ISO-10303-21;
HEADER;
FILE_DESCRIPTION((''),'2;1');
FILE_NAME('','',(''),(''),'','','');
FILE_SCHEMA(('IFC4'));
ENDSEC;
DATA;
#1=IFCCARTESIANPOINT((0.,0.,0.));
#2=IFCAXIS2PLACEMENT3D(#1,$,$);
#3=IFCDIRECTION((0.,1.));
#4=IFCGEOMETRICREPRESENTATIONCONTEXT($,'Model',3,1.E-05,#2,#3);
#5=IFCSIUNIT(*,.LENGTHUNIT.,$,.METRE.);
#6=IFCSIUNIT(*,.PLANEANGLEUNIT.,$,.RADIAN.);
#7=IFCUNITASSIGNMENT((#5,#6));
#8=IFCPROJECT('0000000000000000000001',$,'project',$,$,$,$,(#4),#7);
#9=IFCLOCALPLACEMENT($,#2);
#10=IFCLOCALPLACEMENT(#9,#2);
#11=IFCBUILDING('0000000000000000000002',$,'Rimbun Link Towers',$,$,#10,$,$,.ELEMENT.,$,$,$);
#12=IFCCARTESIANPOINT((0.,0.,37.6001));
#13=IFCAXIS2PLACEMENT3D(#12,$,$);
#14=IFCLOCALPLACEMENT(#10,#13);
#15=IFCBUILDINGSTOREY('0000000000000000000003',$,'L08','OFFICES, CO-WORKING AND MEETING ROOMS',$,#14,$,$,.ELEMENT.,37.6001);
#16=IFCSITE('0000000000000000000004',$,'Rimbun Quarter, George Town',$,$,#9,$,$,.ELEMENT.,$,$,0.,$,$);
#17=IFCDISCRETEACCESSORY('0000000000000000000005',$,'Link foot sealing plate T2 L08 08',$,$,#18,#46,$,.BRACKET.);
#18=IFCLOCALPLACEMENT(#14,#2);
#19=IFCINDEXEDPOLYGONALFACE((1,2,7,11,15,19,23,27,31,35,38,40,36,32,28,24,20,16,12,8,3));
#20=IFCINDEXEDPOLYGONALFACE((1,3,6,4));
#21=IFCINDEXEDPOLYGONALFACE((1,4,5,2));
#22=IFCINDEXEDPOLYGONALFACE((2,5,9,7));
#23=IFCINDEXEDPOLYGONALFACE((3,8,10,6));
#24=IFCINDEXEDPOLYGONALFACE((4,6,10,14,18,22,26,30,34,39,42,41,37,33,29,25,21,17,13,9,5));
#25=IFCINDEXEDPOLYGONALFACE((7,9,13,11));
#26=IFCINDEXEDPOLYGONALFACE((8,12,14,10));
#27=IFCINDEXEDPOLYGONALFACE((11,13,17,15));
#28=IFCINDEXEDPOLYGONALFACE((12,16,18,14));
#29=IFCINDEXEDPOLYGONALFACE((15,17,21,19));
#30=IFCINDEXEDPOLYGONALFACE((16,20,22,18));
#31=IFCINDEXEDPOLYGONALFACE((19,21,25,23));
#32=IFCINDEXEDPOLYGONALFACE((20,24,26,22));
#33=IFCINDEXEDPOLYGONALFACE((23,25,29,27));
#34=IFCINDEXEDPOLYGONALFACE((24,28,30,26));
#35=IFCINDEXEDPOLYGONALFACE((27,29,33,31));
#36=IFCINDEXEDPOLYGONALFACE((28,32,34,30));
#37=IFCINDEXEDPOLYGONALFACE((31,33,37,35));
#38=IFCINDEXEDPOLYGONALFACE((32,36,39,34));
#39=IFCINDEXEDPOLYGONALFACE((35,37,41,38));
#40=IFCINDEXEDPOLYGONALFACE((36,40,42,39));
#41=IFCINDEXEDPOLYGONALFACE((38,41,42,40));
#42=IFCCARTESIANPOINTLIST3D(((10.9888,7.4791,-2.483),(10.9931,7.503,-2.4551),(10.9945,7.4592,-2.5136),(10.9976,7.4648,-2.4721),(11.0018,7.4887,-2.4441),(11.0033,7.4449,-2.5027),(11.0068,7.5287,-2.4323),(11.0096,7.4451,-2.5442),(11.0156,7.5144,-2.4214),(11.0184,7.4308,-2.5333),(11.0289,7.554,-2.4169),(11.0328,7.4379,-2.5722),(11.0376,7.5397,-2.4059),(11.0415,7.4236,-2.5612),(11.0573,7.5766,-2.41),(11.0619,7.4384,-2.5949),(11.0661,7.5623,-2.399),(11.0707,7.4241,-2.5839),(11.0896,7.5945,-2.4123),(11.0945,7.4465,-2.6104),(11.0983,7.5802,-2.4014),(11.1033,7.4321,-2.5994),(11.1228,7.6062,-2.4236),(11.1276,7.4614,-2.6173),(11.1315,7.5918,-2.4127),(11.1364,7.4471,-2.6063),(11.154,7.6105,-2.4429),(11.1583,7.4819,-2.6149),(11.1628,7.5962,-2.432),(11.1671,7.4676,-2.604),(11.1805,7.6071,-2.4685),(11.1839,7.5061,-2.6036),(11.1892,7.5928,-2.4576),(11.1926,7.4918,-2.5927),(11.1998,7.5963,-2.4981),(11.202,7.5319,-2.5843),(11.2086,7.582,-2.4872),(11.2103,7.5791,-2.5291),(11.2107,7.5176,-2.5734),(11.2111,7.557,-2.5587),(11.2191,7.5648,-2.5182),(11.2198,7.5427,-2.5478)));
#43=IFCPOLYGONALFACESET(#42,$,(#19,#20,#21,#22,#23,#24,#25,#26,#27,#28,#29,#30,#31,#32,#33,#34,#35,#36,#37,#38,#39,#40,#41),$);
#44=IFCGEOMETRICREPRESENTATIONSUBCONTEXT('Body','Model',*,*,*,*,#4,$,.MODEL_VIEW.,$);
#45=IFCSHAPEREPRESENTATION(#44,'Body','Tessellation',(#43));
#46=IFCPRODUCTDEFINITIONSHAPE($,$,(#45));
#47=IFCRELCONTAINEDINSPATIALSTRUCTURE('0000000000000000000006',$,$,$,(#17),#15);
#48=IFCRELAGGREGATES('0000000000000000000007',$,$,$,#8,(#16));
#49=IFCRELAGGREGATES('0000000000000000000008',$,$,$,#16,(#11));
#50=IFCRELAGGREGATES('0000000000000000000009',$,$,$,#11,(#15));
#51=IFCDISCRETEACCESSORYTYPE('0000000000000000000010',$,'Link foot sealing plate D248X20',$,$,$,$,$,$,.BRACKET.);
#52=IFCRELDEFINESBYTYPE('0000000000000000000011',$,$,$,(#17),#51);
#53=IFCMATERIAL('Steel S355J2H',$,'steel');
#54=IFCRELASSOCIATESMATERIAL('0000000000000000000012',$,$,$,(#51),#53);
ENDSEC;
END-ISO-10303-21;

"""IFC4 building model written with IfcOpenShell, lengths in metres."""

from ifc_helpers import new_model, si_unit, direction, frame, origin, origin_2d, place, context, subcontext, project, spatial, circle, extrude, material, material_profile, profile_set, type_object, element, save


model = new_model("IFC4")

# Units and contexts
model_context = context("Model", 3, precision=1e-05, world=origin(), true_north=direction((0.0, 1.0)))
body_context = subcontext(model_context, "Body", "Model", "MODEL_VIEW")
ifc_project = project(units=[si_unit("LENGTHUNIT", "METRE"), si_unit("PLANEANGLEUNIT", "RADIAN")], contexts=[model_context])

# Site, building, storey
site_placement = place(None, origin())
site = spatial("IfcSite", under=ifc_project, at=site_placement, Name="Rimbun Quarter, George Town", CompositionType="ELEMENT", RefElevation=0.0)
building_placement = place(site_placement, origin())
building = spatial("IfcBuilding", under=site, at=building_placement, Name="Rimbun Link Towers", CompositionType="ELEMENT")
storey_placement = place(building_placement, frame((0.0, 0.0, 37.6001)))
storey = spatial("IfcBuildingStorey", under=building, at=storey_placement, Name="L08", Description="OFFICES, CO-WORKING AND MEETING ROOMS", CompositionType="ELEMENT", Elevation=37.6001)

# Discrete accessory
ifc_material_1 = material(Name="Steel S355J2H", Category="steel")
ifc_material_profile_1 = material_profile(ifc_material_1, circle(Radius=0.124, at=origin_2d()), Name="PL D248")
ifc_profile_set_1 = profile_set([ifc_material_profile_1], Name="Steel S355J2H")
discrete_accessory_type = type_object("IfcDiscreteAccessoryType", Name="Link foot sealing plate D248X20", PredefinedType="BRACKET", material=ifc_profile_set_1)
discrete_accessory_placement = place(storey_placement, frame((11.1091, 7.5095, -2.5027), z_axis=(-0.4365, 0.715375, -0.545625), x_axis=(-0.853639, -0.520865, 0.0)))
element("IfcDiscreteAccessory", 1, at=discrete_accessory_placement, inside=storey, type_object=discrete_accessory_type, Name="Link foot sealing plate T2 L08 08", PredefinedType="BRACKET", context=body_context, shape_type="SweptSolid", body=[
    extrude(circle(Radius=0.124, at=origin_2d()), origin(), (0.0, 0.0, 1.0), 0.02),
])

save(model, "model.ifc")
